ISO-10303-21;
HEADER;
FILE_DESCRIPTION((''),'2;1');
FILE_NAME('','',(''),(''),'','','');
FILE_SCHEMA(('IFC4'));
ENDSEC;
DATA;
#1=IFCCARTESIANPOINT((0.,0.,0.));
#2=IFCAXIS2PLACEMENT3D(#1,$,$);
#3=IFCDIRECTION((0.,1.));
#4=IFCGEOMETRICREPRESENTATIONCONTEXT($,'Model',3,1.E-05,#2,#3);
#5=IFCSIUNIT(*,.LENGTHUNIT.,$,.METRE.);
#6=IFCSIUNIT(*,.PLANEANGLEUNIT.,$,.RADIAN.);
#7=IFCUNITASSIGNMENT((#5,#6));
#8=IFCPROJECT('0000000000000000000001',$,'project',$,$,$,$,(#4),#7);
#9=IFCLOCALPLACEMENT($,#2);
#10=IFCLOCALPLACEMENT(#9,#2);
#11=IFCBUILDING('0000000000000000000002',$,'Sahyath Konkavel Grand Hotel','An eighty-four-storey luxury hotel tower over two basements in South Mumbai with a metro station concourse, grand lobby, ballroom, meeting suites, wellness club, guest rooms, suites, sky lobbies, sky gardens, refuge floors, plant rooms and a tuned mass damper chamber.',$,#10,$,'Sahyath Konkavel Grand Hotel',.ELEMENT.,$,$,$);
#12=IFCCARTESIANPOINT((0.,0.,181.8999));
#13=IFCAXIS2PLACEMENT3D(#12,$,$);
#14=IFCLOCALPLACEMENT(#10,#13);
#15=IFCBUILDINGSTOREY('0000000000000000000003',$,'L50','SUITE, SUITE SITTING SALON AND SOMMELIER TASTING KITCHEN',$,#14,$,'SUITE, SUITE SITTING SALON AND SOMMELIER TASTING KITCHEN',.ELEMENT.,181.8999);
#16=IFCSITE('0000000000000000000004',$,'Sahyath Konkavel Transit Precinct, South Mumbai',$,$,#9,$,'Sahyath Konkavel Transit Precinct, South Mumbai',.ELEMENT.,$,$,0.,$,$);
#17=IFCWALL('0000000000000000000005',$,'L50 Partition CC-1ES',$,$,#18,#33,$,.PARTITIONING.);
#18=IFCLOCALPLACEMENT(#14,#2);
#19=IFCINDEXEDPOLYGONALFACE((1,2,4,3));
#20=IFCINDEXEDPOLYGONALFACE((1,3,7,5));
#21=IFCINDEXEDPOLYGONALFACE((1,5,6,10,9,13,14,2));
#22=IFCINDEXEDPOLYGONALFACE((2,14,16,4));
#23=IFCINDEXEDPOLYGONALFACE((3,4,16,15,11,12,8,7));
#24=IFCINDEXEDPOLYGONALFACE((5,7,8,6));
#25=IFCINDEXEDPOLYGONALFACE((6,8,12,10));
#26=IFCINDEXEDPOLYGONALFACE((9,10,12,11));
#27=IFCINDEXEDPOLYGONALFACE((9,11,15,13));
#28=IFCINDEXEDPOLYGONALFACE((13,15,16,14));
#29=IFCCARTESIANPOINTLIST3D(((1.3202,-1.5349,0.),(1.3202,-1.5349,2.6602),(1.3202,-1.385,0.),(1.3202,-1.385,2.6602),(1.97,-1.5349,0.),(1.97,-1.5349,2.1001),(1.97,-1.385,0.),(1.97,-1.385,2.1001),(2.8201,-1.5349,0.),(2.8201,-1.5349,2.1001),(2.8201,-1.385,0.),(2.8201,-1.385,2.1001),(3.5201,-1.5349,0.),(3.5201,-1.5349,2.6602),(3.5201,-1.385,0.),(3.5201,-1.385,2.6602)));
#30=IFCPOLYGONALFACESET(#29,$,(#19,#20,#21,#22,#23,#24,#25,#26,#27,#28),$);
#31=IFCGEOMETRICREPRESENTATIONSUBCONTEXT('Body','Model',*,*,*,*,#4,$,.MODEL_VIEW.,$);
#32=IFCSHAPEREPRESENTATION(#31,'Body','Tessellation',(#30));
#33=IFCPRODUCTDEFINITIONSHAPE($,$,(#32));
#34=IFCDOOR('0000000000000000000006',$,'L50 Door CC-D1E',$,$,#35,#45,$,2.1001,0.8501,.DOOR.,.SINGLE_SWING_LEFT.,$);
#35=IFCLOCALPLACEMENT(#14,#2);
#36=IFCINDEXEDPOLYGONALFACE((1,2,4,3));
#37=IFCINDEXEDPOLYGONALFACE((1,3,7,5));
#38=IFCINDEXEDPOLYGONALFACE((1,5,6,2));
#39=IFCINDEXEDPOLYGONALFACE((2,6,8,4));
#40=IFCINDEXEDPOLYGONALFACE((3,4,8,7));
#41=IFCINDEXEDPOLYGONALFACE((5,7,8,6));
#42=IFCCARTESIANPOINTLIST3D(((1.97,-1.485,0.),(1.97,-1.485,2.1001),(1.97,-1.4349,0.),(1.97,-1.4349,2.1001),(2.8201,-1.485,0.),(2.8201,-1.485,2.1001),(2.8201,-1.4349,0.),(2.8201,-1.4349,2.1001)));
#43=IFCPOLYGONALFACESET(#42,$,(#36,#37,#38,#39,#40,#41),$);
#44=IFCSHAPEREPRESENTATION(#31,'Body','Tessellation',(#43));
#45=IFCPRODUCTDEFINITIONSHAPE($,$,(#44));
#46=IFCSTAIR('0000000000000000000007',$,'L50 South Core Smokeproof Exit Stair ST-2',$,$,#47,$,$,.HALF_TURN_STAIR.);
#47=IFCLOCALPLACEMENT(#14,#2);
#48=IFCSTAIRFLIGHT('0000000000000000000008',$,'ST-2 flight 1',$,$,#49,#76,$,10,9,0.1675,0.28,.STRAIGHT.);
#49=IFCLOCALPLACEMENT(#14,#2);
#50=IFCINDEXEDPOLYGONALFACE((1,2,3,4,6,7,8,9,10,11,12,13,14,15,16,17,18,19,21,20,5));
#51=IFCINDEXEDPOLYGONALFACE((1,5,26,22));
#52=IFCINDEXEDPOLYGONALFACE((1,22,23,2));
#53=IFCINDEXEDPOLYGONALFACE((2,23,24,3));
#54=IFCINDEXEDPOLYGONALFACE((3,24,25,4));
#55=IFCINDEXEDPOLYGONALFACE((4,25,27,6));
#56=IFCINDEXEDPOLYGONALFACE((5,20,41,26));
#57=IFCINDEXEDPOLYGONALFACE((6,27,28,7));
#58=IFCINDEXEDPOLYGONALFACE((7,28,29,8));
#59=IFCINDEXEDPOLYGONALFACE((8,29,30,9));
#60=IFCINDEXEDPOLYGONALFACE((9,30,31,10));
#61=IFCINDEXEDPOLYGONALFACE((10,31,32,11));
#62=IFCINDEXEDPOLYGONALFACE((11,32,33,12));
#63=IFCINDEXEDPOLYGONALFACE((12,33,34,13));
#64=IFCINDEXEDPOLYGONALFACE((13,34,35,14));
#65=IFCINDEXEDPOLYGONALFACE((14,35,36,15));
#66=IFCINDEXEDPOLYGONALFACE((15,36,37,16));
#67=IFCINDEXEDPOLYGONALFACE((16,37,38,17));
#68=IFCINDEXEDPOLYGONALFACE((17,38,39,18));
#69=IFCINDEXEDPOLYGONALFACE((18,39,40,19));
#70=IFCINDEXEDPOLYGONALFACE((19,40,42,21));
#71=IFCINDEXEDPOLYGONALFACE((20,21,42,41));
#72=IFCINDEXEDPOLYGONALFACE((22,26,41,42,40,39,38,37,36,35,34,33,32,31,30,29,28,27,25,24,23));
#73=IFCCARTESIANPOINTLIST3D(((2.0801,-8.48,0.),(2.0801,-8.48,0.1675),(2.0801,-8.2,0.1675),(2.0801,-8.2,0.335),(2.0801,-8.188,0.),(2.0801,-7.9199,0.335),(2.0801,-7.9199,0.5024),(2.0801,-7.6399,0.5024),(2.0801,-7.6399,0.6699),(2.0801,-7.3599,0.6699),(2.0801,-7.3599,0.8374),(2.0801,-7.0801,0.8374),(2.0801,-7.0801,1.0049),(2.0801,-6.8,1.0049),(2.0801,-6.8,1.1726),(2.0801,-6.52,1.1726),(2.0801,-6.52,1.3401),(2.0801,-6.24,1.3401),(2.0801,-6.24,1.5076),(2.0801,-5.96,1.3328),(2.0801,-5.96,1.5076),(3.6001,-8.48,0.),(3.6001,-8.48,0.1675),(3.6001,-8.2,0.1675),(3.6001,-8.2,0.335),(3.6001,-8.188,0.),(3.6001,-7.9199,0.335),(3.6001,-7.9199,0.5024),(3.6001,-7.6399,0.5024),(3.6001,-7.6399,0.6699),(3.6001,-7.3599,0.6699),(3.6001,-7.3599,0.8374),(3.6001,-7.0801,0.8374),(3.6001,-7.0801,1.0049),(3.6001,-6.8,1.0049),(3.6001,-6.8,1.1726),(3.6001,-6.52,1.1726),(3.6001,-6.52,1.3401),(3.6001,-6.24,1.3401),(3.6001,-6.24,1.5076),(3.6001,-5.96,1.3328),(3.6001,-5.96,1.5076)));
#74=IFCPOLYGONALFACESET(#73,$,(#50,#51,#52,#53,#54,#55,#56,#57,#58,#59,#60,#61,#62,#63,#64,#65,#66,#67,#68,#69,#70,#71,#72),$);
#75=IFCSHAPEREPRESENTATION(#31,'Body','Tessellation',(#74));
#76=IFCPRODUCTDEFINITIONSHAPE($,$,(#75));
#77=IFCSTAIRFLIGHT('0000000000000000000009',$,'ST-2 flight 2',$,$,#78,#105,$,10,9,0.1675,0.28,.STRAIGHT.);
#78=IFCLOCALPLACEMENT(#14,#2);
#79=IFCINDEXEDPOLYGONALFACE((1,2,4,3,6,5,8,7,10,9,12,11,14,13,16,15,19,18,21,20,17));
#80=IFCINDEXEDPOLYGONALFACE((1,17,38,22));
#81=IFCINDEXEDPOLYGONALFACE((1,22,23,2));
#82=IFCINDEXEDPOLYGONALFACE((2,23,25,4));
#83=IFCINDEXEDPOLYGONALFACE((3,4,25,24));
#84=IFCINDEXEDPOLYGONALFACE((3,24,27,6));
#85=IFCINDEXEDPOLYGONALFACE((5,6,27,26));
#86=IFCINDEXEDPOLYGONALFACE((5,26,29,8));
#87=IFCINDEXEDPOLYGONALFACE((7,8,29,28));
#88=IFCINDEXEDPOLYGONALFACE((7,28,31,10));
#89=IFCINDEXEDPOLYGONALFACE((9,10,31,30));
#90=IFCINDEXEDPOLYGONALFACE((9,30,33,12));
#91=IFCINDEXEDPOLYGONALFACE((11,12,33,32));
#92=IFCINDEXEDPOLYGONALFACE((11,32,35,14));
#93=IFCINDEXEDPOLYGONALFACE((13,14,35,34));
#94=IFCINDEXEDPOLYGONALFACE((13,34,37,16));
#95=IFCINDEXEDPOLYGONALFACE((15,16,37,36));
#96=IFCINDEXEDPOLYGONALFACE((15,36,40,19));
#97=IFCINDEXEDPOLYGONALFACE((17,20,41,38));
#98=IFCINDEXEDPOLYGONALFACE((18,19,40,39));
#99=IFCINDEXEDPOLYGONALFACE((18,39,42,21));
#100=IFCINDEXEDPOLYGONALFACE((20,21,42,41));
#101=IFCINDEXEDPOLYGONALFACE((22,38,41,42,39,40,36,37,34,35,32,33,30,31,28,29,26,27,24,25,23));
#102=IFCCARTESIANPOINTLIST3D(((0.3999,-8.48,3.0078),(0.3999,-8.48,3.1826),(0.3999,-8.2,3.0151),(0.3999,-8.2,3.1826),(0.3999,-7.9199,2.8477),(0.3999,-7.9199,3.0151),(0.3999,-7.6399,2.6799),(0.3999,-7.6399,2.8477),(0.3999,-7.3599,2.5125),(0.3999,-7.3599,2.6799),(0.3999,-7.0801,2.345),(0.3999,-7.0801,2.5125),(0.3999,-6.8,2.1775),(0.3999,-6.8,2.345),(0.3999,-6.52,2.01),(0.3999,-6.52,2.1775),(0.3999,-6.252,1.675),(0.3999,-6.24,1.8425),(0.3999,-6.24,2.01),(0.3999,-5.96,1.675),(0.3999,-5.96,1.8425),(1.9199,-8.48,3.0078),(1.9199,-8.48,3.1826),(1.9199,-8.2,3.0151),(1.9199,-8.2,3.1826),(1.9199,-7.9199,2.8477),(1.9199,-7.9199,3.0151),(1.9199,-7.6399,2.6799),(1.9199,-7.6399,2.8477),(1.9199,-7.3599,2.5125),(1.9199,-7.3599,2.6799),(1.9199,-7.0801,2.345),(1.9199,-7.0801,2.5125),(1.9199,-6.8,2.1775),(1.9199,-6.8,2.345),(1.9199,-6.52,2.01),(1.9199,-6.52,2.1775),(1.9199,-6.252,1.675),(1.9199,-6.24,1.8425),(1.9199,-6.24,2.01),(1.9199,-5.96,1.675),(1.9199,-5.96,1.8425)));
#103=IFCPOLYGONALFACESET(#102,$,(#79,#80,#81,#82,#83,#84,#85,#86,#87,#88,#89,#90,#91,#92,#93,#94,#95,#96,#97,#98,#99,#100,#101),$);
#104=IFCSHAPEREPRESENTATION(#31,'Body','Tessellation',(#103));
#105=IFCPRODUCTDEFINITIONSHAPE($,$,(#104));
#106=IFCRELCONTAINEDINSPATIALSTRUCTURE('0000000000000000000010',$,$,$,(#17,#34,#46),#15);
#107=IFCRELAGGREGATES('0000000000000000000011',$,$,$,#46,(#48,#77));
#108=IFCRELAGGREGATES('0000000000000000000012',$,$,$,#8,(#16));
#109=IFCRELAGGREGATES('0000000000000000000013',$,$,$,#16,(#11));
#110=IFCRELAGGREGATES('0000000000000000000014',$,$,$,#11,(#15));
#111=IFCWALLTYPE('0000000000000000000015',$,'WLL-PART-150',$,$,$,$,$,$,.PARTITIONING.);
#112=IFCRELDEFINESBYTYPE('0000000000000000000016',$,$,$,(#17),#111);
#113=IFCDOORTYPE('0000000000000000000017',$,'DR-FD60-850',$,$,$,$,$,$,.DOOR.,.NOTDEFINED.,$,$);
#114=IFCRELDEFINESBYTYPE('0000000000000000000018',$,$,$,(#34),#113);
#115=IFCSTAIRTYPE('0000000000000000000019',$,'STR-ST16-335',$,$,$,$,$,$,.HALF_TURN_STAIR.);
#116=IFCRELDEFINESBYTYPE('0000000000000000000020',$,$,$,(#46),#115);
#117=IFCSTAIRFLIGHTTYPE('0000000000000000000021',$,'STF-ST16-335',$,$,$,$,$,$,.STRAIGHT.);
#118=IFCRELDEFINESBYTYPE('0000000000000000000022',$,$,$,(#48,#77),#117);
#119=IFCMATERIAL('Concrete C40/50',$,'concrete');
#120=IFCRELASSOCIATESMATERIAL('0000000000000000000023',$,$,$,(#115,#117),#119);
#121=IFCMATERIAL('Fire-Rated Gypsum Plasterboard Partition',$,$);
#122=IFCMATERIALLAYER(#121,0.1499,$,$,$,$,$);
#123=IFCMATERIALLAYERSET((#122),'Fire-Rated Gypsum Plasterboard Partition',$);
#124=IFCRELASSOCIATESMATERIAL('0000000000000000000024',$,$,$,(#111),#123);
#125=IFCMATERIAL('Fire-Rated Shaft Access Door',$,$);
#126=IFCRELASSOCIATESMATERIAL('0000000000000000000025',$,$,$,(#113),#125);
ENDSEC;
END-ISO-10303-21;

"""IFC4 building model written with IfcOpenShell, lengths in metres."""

from ifc_helpers import new_model, si_unit, direction, frame, frame_2d, origin, origin_2d, place, context, subcontext, project, spatial, polyline, rectangle, outline, extrude, source, transform, mapped, material, layer, layer_set, type_object, element, fill, aggregate, save


model = new_model("IFC4")

# Units and contexts
model_context = context("Model", 3, precision=1e-05, world=origin(), true_north=direction((0.0, 1.0)))
body_context = subcontext(model_context, "Body", "Model", "MODEL_VIEW")
ifc_project = project(units=[si_unit("LENGTHUNIT", "METRE"), si_unit("PLANEANGLEUNIT", "RADIAN")], contexts=[model_context])

# Site, building, storey
site_placement = place(None, origin())
site = spatial("IfcSite", under=ifc_project, at=site_placement, Name="Sahyath Konkavel Transit Precinct, South Mumbai", LongName="Sahyath Konkavel Transit Precinct, South Mumbai", CompositionType="ELEMENT", RefElevation=0.0)
building_placement = place(site_placement, origin())
building = spatial("IfcBuilding", under=site, at=building_placement, Name="Sahyath Konkavel Grand Hotel", Description="An eighty-four-storey luxury hotel tower over two basements in South Mumbai with a metro station concourse, grand lobby, ballroom, meeting suites, wellness club, guest rooms, suites, sky lobbies, sky gardens, refuge floors, plant rooms and a tuned mass damper chamber.", LongName="Sahyath Konkavel Grand Hotel", CompositionType="ELEMENT")
storey_placement = place(building_placement, frame((0.0, 0.0, 181.8999)))
storey = spatial("IfcBuildingStorey", under=building, at=storey_placement, Name="L50", Description="SUITE, SUITE SITTING SALON AND SOMMELIER TASTING KITCHEN", LongName="SUITE, SUITE SITTING SALON AND SOMMELIER TASTING KITCHEN", CompositionType="ELEMENT", Elevation=181.8999)

# Shared definitions
ifc_material_1 = material(Name="Concrete C40/50", Category="concrete")
stair_type = type_object("IfcStairType", Name="STR-ST16-335", PredefinedType="HALF_TURN_STAIR", material=ifc_material_1)

# Shared definitions
ifc_material_2 = material(Name="Fire-Rated Gypsum Plasterboard Partition")
ifc_layer_1 = layer(ifc_material_2, 0.1499)
ifc_layer_set_1 = layer_set([ifc_layer_1], Name="Fire-Rated Gypsum Plasterboard Partition")
wall_type_1 = type_object("IfcWallType", Name="WLL-PART-150", PredefinedType="PARTITIONING", material=ifc_layer_set_1)

# Wall, opening, door
wall_1_placement = place(storey_placement, frame((1.3201, -1.46, 0.0), z_axis=(0.0, 0.0, 1.0), x_axis=(1.0, 0.0, 0.0)))
wall_1 = element("IfcWall", 1, at=wall_1_placement, inside=storey, type_object=wall_type_1, Name="L50 Partition CC-1ES", PredefinedType="PARTITIONING", context=body_context, shape_type="SweptSolid", body=[
    extrude(rectangle(XDim=2.2, YDim=0.1499, at=frame_2d((1.1001, 0.0))), origin(), (0.0, 0.0, 1.0), 2.6602),
])
opening_1_placement = place(wall_1_placement, frame((0.6499, 0.0, 0.0)))
opening_1 = element("IfcOpeningElement", 2, at=opening_1_placement, cuts=wall_1, PredefinedType="OPENING", context=body_context, shape_type="SweptSolid", body=[
    extrude(rectangle(XDim=0.8501, YDim=2.1001, at=frame_2d((0.425, 1.05))), frame((0.0, 0.085, 0.0), z_axis=(0.0, -1.0, 0.0), x_axis=(1.0, 0.0, 0.0)), (0.0, 0.0, 1.0), 0.1699),
])
ifc_material_3 = material(Name="Fire-Rated Shaft Access Door")
door_type_1 = type_object("IfcDoorType", Name="DR-FD60-850", OperationType="NOTDEFINED", PredefinedType="DOOR", material=ifc_material_3)
shared_shape_1 = source(origin(), body_context, "Body", "SweptSolid", [
    extrude(rectangle(XDim=0.8501, YDim=0.05, at=origin_2d()), origin(), (0.0, 0.0, 1.0), 2.1001),
])
door_1_placement = place(opening_1_placement, frame((0.425, 0.0, 0.0)))
door_1 = element("IfcDoor", 3, at=door_1_placement, inside=storey, type_object=door_type_1, Name="L50 Door CC-D1E", OperationType="SINGLE_SWING_LEFT", OverallHeight=2.1001, OverallWidth=0.8501, PredefinedType="DOOR", context=body_context, shape_type="MappedRepresentation", body=[
    mapped(shared_shape_1, transform((0.0, 0.0, 0.0), scale=1.0)),
])
fill(opening_1, door_1)

# Stair, stair flights
stair_1_placement = place(storey_placement, origin())
stair_1 = element("IfcStair", 4, at=stair_1_placement, inside=storey, type_object=stair_type, Name="L50 South Core Smokeproof Exit Stair ST-2", PredefinedType="HALF_TURN_STAIR")
stair_flight_type = type_object("IfcStairFlightType", Name="STF-ST16-335", PredefinedType="STRAIGHT", material=ifc_material_1)
stair_flight_1_placement = place(storey_placement, frame((2.8401, -8.48, 0.0), z_axis=(0.0, 0.0, 1.0), x_axis=(0.0, 1.0, 0.0)))
stair_flight_1 = element("IfcStairFlight", 5, at=stair_flight_1_placement, type_object=stair_flight_type, Name="ST-2 flight 1", NumberOfRisers=10, NumberOfTreads=9, PredefinedType="STRAIGHT", RiserHeight=0.1675, TreadLength=0.28, context=body_context, shape_type="SweptSolid", body=[
    extrude(outline(polyline([(0.0, 0.0), (0.0, 0.1675), (0.28, 0.1675), (0.28, 0.335), (0.5601, 0.335), (0.5601, 0.5024), (0.8401, 0.5024), (0.8401, 0.6699), (1.1201, 0.6699), (1.1201, 0.8374), (1.3999, 0.8374), (1.3999, 1.0049), (1.6799, 1.0049), (1.6799, 1.1726), (1.96, 1.1726), (1.96, 1.3401), (2.24, 1.3401), (2.24, 1.5076), (2.52, 1.5076), (2.52, 1.675), (2.52, 1.3328), (0.292, 0.0), (0.0, 0.0)])), frame((0.0, 0.76, 0.0), z_axis=(0.0, -1.0, 0.0), x_axis=(1.0, 0.0, 0.0)), (0.0, 0.0, 1.0), 1.52),
])
stair_flight_2_placement = place(storey_placement, frame((1.1599, -5.96, 1.675), z_axis=(0.0, 0.0, 1.0), x_axis=(0.0, -1.0, 0.0)))
stair_flight_2 = element("IfcStairFlight", 6, at=stair_flight_2_placement, type_object=stair_flight_type, Name="ST-2 flight 2", NumberOfRisers=10, NumberOfTreads=9, PredefinedType="STRAIGHT", RiserHeight=0.1675, TreadLength=0.28, context=body_context, shape_type="SweptSolid", body=[
    extrude(outline(polyline([(0.0, 0.0), (0.0, 0.1675), (0.28, 0.1675), (0.28, 0.335), (0.5601, 0.335), (0.5601, 0.5024), (0.8401, 0.5024), (0.8401, 0.6699), (1.1201, 0.6699), (1.1201, 0.8374), (1.3999, 0.8374), (1.3999, 1.0049), (1.6799, 1.0049), (1.6799, 1.1726), (1.96, 1.1726), (1.96, 1.3401), (2.24, 1.3401), (2.24, 1.5076), (2.52, 1.5076), (2.52, 1.675), (2.52, 1.3328), (0.292, 0.0), (0.0, 0.0)])), frame((0.0, 0.76, 0.0), z_axis=(0.0, -1.0, 0.0), x_axis=(1.0, 0.0, 0.0)), (0.0, 0.0, 1.0), 1.52),
])
aggregate(stair_1, [stair_flight_1, stair_flight_2])

save(model, "model.ifc")
